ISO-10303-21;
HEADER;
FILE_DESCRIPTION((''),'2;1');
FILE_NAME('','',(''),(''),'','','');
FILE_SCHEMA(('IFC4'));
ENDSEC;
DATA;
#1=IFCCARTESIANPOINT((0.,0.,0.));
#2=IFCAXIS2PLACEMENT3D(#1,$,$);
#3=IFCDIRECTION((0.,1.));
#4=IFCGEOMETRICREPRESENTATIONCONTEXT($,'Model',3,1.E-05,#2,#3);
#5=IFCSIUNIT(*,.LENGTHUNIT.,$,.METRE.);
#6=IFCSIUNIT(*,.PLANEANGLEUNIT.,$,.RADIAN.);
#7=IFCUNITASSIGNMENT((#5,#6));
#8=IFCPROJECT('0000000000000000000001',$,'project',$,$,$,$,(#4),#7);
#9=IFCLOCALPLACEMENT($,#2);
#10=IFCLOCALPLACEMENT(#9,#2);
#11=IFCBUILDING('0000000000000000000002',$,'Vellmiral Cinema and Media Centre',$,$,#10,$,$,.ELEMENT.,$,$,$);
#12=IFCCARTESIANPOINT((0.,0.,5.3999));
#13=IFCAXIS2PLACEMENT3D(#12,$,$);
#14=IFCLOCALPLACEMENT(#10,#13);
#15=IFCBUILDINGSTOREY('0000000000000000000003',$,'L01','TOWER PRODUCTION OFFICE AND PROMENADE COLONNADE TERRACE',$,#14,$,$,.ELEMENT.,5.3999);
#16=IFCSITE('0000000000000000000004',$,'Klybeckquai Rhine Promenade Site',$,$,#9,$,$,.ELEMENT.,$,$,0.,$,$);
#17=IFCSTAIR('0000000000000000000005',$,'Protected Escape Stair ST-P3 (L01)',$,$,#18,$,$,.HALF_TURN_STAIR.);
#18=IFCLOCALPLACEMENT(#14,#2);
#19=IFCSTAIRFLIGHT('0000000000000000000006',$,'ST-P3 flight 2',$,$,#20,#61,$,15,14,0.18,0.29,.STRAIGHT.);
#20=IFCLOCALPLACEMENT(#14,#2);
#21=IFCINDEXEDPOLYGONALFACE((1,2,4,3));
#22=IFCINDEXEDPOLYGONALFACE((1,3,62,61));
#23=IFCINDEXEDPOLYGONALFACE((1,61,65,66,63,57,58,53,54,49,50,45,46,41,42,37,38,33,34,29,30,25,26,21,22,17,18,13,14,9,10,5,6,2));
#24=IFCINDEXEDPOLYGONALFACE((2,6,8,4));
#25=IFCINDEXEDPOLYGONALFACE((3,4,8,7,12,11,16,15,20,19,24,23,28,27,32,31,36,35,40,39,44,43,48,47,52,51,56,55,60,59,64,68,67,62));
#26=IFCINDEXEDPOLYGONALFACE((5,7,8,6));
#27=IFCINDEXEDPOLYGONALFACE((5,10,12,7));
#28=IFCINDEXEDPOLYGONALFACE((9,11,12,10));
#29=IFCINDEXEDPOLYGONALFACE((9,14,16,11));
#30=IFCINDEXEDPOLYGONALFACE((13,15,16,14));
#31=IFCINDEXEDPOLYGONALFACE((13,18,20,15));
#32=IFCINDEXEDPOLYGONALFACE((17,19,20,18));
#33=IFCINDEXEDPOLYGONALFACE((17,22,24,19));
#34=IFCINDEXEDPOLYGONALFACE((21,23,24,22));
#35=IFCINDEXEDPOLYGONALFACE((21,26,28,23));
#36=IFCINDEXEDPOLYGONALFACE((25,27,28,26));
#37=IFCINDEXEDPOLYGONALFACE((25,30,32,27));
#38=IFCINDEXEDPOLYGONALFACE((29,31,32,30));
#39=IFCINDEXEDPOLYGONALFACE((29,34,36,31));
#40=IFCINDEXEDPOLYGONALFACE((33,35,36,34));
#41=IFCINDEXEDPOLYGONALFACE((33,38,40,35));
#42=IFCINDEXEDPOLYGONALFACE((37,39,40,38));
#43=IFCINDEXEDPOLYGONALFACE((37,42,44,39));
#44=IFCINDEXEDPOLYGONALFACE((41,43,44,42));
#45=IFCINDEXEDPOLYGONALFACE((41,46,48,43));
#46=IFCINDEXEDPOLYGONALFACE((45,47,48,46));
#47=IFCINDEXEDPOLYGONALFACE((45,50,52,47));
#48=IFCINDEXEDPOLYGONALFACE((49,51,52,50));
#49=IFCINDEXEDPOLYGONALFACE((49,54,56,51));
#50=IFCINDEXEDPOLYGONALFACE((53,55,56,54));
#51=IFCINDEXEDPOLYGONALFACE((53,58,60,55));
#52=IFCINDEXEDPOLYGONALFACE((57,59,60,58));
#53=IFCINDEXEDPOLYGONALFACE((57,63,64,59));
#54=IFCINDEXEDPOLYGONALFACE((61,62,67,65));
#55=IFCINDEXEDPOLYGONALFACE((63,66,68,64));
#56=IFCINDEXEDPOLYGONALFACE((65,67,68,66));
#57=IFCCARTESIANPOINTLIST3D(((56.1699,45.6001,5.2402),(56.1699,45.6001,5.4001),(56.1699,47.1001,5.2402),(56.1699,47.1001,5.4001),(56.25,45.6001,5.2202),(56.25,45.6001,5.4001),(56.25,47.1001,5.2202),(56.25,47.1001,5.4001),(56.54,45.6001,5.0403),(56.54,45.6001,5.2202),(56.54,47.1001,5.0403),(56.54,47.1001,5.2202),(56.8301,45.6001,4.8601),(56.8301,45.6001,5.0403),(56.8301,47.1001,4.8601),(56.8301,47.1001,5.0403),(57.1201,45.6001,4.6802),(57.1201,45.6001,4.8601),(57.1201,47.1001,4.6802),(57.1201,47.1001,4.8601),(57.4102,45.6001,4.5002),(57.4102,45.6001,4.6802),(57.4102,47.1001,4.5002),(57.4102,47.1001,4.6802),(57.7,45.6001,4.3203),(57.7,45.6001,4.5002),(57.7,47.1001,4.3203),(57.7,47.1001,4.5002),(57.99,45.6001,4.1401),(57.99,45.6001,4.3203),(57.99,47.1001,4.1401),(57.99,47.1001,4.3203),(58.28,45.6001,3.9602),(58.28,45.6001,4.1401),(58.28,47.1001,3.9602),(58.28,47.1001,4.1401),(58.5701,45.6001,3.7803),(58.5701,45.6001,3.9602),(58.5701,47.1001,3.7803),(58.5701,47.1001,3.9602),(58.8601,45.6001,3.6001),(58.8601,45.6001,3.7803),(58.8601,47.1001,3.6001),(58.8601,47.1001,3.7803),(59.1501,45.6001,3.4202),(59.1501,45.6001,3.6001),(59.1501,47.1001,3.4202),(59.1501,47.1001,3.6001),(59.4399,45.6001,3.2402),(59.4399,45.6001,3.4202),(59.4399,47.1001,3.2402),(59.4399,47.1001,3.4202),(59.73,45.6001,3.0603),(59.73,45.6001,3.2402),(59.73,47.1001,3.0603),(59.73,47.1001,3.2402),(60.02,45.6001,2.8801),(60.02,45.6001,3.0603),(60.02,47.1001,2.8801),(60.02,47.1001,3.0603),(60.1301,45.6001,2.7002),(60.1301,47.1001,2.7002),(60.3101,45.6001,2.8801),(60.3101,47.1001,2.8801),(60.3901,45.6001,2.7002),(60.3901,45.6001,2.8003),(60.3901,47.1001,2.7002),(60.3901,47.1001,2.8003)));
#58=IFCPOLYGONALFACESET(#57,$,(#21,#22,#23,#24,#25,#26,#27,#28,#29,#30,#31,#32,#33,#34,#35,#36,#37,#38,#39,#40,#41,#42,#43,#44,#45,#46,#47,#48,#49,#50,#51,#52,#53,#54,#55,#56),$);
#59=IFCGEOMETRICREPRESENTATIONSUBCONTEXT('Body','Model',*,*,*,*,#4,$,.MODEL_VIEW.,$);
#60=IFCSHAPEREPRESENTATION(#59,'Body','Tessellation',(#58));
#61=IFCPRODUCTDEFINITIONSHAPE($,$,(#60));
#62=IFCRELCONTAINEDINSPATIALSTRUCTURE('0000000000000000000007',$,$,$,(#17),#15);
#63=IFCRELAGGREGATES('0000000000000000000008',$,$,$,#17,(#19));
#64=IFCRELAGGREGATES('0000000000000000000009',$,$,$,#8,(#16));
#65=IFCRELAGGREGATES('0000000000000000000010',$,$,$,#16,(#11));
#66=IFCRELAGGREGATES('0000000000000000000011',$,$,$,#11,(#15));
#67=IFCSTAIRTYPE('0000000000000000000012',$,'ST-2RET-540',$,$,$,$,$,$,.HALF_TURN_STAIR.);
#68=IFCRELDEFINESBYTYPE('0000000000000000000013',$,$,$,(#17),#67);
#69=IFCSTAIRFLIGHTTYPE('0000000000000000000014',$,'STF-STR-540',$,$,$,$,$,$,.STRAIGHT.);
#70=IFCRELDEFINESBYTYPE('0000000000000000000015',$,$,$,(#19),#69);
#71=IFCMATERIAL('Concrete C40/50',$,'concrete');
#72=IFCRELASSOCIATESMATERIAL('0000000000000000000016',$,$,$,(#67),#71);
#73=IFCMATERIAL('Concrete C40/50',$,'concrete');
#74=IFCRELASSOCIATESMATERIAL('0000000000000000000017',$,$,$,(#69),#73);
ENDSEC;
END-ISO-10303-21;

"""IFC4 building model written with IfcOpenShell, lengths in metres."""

from ifc_helpers import new_model, si_unit, direction, frame, origin, place, context, subcontext, project, spatial, polyline, outline, extrude, material, type_object, element, aggregate, save


model = new_model("IFC4")

# Units and contexts
model_context = context("Model", 3, precision=1e-05, world=origin(), true_north=direction((0.0, 1.0)))
body_context = subcontext(model_context, "Body", "Model", "MODEL_VIEW")
ifc_project = project(units=[si_unit("LENGTHUNIT", "METRE"), si_unit("PLANEANGLEUNIT", "RADIAN")], contexts=[model_context])

# Site, building, storey
site_placement = place(None, origin())
site = spatial("IfcSite", under=ifc_project, at=site_placement, Name="Klybeckquai Rhine Promenade Site", CompositionType="ELEMENT", RefElevation=0.0)
building_placement = place(site_placement, origin())
building = spatial("IfcBuilding", under=site, at=building_placement, Name="Vellmiral Cinema and Media Centre", CompositionType="ELEMENT")
storey_placement = place(building_placement, frame((0.0, 0.0, 5.3999)))
storey = spatial("IfcBuildingStorey", under=building, at=storey_placement, Name="L01", Description="TOWER PRODUCTION OFFICE AND PROMENADE COLONNADE TERRACE", CompositionType="ELEMENT", Elevation=5.3999)

# Stair, stair flight
ifc_material_1 = material(Name="Concrete C40/50", Category="concrete")
stair_type = type_object("IfcStairType", Name="ST-2RET-540", PredefinedType="HALF_TURN_STAIR", material=ifc_material_1)
stair_placement = place(storey_placement, origin())
stair = element("IfcStair", 1, at=stair_placement, inside=storey, type_object=stair_type, Name="Protected Escape Stair ST-P3 (L01)", PredefinedType="HALF_TURN_STAIR")
ifc_material_2 = material(Name="Concrete C40/50", Category="concrete")
stair_flight_type = type_object("IfcStairFlightType", Name="STF-STR-540", PredefinedType="STRAIGHT", material=ifc_material_2)
stair_flight_1_placement = place(storey_placement, frame((60.3101, 46.3501, 2.7002), z_axis=(0.0, 0.0, 1.0), x_axis=(-1.0, 0.0, 0.0)))
stair_flight_1 = element("IfcStairFlight", 2, at=stair_flight_1_placement, type_object=stair_flight_type, Name="ST-P3 flight 2", NumberOfRisers=15, NumberOfTreads=14, PredefinedType="STRAIGHT", RiserHeight=0.18, TreadLength=0.29, context=body_context, shape_type="SweptSolid", body=[
    extrude(outline(polyline([(-0.0801, 0.0), (-0.0801, 0.1001), (0.0, 0.1799), (0.29, 0.1799), (0.29, 0.3601), (0.5801, 0.3601), (0.5801, 0.54), (0.8701, 0.54), (0.8701, 0.72), (1.1599, 0.72), (1.1599, 0.8999), (1.45, 0.8999), (1.45, 1.0801), (1.74, 1.0801), (1.74, 1.26), (2.03, 1.26), (2.03, 1.4399), (2.3201, 1.4399), (2.3201, 1.6201), (2.6101, 1.6201), (2.6101, 1.8), (2.8999, 1.8), (2.8999, 1.98), (3.1899, 1.98), (3.1899, 2.1599), (3.48, 2.1599), (3.48, 2.3401), (3.77, 2.3401), (3.77, 2.52), (4.0601, 2.52), (4.0601, 2.7), (4.1401, 2.7), (4.1401, 2.54), (0.1799, 0.0), (-0.0801, 0.0)])), frame((0.0, 0.75, 0.0), z_axis=(0.0, -1.0, 0.0), x_axis=(1.0, 0.0, 0.0)), (0.0, 0.0, 1.0), 1.5),
])
aggregate(stair, [stair_flight_1])

save(model, "model.ifc")
